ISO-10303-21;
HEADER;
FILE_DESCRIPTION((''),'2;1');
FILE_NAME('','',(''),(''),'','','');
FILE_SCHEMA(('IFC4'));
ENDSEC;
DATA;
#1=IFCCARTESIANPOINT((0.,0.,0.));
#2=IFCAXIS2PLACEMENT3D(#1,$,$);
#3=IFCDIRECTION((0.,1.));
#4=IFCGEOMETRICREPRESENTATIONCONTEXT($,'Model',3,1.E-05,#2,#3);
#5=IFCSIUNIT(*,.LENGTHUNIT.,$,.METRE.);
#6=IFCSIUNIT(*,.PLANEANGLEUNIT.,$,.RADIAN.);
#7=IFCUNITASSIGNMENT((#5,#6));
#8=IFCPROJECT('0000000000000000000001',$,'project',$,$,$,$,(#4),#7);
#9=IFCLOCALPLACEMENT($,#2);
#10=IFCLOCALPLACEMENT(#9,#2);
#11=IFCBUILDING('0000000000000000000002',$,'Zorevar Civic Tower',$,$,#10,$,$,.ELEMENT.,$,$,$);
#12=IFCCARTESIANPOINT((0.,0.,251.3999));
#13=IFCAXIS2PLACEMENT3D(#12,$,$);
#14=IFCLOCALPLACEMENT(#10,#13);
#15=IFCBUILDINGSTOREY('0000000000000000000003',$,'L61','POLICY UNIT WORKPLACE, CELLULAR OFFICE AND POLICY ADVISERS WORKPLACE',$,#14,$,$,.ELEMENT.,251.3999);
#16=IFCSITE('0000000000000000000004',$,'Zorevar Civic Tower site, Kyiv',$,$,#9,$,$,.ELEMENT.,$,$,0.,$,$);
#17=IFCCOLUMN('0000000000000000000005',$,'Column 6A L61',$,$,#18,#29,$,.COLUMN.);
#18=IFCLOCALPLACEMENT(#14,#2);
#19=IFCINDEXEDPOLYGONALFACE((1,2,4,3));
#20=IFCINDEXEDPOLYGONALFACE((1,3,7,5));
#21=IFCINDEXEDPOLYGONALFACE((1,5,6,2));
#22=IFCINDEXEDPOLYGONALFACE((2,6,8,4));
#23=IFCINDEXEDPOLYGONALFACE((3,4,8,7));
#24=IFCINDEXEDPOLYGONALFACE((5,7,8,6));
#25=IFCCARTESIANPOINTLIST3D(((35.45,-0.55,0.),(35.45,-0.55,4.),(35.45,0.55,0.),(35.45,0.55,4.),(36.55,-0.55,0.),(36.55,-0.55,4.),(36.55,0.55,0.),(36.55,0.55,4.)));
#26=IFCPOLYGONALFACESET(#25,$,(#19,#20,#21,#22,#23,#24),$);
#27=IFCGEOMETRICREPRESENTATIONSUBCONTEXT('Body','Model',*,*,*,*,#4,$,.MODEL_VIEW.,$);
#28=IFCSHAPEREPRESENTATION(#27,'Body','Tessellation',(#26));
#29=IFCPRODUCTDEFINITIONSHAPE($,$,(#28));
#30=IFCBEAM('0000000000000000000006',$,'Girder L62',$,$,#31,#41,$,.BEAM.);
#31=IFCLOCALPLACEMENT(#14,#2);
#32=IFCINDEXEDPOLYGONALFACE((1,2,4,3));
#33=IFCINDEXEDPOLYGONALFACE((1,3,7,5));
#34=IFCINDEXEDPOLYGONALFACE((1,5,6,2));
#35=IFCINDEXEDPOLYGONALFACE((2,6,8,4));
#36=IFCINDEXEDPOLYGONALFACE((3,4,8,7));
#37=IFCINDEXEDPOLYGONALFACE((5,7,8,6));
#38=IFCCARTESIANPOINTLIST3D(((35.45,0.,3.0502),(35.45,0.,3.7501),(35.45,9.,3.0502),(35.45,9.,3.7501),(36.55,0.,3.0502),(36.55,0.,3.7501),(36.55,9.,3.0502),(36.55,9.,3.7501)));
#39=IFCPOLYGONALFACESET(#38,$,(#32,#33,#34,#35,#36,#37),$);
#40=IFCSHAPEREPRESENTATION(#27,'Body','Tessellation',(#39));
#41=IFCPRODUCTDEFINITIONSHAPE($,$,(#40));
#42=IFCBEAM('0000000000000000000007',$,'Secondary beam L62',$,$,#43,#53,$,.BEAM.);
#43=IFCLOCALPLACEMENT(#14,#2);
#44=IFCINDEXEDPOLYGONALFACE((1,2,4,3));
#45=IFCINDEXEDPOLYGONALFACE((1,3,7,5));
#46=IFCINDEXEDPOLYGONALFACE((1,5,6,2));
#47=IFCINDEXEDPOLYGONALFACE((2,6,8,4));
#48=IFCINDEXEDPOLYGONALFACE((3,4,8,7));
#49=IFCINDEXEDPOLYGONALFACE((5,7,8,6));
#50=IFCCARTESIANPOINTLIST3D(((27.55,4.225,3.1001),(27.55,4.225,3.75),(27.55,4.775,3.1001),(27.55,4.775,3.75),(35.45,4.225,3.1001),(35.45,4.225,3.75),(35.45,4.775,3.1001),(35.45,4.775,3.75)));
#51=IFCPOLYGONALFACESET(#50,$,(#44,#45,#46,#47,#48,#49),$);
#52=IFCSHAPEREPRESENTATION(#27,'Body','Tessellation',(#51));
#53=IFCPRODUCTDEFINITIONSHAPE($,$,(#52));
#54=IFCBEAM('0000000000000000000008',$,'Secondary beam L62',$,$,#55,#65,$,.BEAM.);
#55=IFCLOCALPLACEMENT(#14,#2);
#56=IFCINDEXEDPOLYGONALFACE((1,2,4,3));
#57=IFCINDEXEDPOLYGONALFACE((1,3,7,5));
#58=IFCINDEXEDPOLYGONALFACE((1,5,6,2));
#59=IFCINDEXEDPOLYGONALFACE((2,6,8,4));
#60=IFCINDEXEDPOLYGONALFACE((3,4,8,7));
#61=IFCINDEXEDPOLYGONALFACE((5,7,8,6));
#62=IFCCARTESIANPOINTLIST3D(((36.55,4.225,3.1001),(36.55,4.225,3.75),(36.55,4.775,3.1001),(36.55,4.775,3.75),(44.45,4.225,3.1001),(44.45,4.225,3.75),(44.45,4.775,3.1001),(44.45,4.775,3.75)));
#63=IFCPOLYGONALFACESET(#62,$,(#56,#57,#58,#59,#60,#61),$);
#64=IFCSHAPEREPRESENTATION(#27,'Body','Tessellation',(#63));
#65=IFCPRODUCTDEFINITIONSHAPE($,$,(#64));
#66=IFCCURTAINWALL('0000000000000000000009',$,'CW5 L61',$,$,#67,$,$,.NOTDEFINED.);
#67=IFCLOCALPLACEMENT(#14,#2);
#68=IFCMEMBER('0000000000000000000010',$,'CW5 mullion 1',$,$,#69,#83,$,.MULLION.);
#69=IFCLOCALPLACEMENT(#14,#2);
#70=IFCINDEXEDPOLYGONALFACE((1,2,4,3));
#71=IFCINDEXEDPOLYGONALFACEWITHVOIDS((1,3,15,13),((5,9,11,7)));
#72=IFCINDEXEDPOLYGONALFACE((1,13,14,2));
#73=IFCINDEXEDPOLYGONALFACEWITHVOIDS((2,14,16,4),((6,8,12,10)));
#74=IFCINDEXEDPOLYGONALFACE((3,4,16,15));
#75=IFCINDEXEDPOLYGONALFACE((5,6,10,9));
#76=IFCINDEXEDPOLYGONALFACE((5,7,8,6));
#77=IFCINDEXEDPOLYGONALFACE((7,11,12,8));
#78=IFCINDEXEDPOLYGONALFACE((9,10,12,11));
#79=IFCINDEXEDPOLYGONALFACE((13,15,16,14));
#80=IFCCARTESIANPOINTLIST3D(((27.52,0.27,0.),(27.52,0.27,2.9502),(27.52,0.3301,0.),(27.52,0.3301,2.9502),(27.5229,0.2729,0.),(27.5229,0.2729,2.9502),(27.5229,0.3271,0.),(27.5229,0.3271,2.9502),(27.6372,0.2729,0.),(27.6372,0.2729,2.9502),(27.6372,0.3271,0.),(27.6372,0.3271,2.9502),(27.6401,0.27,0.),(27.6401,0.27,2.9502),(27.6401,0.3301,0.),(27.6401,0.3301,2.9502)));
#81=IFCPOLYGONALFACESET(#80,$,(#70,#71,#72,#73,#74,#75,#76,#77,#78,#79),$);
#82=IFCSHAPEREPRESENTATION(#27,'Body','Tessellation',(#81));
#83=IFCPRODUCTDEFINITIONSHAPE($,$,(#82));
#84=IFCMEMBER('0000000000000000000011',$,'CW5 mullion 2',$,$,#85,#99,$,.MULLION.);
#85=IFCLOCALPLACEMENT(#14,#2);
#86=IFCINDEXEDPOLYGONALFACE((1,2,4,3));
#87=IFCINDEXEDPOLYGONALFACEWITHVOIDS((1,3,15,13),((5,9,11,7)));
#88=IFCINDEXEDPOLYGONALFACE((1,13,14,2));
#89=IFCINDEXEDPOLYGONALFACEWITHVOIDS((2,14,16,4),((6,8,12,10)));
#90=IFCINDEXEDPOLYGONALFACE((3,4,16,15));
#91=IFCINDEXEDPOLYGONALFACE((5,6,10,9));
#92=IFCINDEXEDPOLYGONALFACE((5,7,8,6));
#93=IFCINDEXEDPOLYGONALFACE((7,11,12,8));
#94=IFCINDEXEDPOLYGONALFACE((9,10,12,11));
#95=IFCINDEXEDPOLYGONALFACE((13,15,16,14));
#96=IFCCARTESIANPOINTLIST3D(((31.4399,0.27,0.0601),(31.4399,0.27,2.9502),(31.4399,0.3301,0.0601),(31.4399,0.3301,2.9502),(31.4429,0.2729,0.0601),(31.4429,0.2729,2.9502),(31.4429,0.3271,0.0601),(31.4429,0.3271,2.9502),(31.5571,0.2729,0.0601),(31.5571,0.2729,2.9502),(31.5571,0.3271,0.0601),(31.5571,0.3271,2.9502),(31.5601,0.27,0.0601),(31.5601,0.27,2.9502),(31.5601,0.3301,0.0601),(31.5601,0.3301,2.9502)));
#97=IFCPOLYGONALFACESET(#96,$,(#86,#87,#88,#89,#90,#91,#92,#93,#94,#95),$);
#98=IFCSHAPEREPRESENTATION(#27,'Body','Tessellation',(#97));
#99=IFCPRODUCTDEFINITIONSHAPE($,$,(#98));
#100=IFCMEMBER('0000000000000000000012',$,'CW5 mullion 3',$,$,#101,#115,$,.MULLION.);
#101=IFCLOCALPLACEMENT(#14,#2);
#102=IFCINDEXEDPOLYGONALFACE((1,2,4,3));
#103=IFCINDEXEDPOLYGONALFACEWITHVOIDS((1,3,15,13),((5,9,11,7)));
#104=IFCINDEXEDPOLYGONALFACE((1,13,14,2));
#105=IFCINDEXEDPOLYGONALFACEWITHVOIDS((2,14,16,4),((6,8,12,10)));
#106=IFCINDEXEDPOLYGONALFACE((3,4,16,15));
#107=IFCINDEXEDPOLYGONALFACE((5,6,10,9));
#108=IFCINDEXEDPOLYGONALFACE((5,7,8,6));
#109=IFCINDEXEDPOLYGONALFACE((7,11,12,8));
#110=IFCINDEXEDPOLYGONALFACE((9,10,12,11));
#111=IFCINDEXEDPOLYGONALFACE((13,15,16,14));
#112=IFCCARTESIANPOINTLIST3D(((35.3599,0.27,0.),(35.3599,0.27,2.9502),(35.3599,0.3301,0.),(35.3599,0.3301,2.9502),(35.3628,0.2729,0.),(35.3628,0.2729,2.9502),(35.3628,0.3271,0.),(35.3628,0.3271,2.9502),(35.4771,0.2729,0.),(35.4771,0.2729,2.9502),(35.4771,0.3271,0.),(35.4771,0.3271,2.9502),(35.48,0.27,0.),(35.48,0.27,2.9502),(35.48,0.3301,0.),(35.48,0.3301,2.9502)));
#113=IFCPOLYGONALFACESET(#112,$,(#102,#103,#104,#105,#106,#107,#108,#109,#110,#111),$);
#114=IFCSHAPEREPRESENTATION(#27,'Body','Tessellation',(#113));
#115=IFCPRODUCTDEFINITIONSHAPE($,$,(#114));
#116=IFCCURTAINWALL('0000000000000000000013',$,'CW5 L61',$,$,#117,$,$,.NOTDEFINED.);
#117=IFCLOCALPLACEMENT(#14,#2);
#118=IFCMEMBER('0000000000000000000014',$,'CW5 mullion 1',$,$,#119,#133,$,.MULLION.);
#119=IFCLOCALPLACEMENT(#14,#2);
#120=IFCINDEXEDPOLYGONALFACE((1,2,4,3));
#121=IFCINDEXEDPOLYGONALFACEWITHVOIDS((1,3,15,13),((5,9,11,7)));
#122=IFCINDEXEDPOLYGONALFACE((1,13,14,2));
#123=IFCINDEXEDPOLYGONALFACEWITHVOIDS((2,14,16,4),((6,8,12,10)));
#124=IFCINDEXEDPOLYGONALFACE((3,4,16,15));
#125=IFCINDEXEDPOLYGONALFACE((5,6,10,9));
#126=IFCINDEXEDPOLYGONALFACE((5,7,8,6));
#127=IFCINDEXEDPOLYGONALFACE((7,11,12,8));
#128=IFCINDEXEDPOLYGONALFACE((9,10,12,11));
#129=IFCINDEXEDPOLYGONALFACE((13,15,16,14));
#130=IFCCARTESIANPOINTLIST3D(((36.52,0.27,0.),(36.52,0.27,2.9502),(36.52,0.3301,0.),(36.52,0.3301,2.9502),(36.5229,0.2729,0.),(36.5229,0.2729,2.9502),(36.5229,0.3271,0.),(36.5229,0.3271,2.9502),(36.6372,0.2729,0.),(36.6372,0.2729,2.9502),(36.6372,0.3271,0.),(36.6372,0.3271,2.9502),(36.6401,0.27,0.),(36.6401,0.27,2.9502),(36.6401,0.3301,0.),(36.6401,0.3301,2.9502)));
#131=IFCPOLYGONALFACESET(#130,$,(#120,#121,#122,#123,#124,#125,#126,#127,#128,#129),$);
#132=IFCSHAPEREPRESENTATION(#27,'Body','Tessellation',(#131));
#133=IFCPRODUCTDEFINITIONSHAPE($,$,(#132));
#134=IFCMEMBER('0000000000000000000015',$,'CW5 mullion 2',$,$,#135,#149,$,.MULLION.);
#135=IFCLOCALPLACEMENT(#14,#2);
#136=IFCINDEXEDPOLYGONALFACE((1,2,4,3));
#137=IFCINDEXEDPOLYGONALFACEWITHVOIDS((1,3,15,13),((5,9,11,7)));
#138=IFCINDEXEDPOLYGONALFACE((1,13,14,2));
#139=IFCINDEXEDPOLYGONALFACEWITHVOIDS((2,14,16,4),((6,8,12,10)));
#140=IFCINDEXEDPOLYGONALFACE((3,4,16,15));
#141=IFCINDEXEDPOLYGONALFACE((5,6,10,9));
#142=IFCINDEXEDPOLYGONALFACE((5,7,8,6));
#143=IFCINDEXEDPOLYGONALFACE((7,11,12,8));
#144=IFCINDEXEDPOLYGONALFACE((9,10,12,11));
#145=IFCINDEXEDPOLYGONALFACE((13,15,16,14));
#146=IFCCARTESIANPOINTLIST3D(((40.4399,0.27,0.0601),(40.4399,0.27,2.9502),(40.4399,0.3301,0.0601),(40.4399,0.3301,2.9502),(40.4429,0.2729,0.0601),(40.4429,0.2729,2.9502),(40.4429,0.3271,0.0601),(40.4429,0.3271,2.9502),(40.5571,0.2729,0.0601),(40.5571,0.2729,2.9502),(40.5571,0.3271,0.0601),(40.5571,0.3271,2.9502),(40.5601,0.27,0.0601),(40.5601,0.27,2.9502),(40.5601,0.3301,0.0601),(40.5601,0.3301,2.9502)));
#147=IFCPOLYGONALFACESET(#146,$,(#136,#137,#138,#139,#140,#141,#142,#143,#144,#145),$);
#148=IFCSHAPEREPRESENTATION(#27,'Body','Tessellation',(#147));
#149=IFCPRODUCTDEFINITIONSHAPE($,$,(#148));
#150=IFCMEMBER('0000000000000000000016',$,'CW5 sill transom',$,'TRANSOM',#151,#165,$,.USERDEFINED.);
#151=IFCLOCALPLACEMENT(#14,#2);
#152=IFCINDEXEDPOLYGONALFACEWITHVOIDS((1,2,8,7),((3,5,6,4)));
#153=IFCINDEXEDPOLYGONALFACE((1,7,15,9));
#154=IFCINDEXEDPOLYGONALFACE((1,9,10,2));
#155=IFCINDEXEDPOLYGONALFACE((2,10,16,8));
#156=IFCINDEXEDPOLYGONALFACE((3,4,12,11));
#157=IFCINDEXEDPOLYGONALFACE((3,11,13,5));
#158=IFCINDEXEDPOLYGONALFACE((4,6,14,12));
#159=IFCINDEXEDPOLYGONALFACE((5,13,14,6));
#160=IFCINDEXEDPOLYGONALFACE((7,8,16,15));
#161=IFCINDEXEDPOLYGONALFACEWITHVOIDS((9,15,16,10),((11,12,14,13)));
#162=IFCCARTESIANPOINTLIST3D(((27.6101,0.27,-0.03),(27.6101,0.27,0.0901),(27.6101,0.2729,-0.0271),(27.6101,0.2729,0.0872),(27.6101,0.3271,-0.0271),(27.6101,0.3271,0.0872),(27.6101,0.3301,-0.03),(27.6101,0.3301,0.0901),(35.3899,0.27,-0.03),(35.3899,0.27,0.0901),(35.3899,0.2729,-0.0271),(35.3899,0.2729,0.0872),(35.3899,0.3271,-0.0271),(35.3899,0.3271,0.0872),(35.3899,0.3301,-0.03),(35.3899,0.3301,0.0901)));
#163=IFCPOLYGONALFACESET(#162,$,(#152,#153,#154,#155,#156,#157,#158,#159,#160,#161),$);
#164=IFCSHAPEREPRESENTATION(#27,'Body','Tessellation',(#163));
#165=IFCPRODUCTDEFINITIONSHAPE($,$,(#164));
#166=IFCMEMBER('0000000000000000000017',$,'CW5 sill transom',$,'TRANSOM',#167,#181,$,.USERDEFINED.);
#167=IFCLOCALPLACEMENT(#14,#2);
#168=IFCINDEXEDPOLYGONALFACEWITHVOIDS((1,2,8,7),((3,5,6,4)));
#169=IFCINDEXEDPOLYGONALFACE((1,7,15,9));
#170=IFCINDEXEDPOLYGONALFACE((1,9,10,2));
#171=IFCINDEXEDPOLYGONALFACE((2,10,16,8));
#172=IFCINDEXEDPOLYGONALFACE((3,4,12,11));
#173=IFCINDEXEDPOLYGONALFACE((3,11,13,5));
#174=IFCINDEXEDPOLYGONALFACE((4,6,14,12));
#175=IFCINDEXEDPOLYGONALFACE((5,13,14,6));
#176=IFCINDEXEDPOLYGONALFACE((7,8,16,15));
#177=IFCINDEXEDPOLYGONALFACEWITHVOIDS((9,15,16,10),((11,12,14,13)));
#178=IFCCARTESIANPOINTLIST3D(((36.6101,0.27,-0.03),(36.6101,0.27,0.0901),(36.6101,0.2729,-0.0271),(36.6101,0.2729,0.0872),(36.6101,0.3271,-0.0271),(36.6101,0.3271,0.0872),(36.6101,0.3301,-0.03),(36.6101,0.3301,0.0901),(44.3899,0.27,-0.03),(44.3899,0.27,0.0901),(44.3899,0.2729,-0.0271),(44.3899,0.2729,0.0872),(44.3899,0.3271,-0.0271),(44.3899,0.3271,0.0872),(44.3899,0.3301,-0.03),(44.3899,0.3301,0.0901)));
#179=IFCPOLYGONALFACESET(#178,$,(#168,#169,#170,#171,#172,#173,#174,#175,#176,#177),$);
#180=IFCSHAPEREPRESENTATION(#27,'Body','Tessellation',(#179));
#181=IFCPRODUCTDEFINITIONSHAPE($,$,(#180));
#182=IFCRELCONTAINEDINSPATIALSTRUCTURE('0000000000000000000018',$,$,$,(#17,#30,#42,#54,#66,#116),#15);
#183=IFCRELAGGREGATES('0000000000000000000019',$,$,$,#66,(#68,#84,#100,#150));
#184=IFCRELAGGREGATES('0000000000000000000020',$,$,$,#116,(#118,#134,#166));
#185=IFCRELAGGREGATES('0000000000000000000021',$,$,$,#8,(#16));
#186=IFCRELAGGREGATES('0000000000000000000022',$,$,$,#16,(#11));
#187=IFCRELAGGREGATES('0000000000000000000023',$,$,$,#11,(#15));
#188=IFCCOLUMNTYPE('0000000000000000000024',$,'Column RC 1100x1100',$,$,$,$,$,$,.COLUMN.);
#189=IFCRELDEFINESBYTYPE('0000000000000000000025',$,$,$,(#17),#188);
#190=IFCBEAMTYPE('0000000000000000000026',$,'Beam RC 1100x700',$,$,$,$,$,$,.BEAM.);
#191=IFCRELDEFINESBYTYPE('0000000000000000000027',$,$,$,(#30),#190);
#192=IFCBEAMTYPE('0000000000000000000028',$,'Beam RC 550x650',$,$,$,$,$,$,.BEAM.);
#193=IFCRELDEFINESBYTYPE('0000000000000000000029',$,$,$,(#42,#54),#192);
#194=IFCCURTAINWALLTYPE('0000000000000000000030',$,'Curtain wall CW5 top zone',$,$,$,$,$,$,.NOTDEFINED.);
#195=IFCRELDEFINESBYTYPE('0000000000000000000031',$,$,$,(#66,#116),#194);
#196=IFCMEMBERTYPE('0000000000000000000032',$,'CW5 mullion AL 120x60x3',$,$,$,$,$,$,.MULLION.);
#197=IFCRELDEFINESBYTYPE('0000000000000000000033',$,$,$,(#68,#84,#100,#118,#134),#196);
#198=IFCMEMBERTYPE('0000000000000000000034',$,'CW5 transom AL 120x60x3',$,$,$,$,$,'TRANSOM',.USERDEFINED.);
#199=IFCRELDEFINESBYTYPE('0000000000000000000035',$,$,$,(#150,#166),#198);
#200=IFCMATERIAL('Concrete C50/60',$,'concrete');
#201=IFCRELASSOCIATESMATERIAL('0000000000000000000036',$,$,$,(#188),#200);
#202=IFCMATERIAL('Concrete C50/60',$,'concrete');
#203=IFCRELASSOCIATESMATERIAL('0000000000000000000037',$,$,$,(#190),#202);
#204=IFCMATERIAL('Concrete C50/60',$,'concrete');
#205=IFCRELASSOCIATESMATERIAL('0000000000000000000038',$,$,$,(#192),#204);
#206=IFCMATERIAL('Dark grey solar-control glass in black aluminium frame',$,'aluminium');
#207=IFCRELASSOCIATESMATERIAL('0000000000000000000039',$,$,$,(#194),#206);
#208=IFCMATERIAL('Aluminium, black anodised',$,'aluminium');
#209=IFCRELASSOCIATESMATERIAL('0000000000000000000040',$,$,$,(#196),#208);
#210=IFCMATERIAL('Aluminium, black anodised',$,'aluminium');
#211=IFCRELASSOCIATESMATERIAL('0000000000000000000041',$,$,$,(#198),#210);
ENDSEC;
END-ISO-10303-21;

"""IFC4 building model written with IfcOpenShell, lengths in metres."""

from ifc_helpers import new_model, si_unit, direction, frame, origin, origin_2d, place, context, subcontext, project, spatial, rectangle, hollow_rectangle, extrude, material, material_profile, profile_set, type_object, element, aggregate, save


model = new_model("IFC4")

# Units and contexts
model_context = context("Model", 3, precision=1e-05, world=origin(), true_north=direction((0.0, 1.0)))
body_context = subcontext(model_context, "Body", "Model", "MODEL_VIEW")
ifc_project = project(units=[si_unit("LENGTHUNIT", "METRE"), si_unit("PLANEANGLEUNIT", "RADIAN")], contexts=[model_context])

# Site, building, storey
site_placement = place(None, origin())
site = spatial("IfcSite", under=ifc_project, at=site_placement, Name="Zorevar Civic Tower site, Kyiv", CompositionType="ELEMENT", RefElevation=0.0)
building_placement = place(site_placement, origin())
building = spatial("IfcBuilding", under=site, at=building_placement, Name="Zorevar Civic Tower", CompositionType="ELEMENT")
storey_placement = place(building_placement, frame((0.0, 0.0, 251.3999)))
storey = spatial("IfcBuildingStorey", under=building, at=storey_placement, Name="L61", Description="POLICY UNIT WORKPLACE, CELLULAR OFFICE AND POLICY ADVISERS WORKPLACE", CompositionType="ELEMENT", Elevation=251.3999)

# Column
ifc_material_1 = material(Name="Concrete C50/60", Category="concrete")
ifc_material_profile_1 = material_profile(ifc_material_1, rectangle(XDim=1.1001, YDim=1.1001, at=origin_2d()), Name="RC 1100x1100")
ifc_profile_set_1 = profile_set([ifc_material_profile_1], Name="Concrete C50/60")
column_type = type_object("IfcColumnType", Name="Column RC 1100x1100", PredefinedType="COLUMN", material=ifc_profile_set_1)
column_placement = place(storey_placement, frame((36.0, 0.0, 0.0), z_axis=(0.0, 0.0, 1.0), x_axis=(1.0, 0.0, 0.0)))
element("IfcColumn", 1, at=column_placement, inside=storey, type_object=column_type, Name="Column 6A L61", PredefinedType="COLUMN", context=body_context, shape_type="SweptSolid", body=[
    extrude(rectangle(XDim=1.1001, YDim=1.1001, at=origin_2d()), origin(), (0.0, 0.0, 1.0), 4.0),
])

# Beams
ifc_material_2 = material(Name="Concrete C50/60", Category="concrete")
ifc_material_profile_2 = material_profile(ifc_material_2, rectangle(XDim=1.1001, YDim=0.7, at=origin_2d()), Name="RC 1100x700")
ifc_profile_set_2 = profile_set([ifc_material_profile_2], Name="Concrete C50/60")
beam_type_1 = type_object("IfcBeamType", Name="Beam RC 1100x700", PredefinedType="BEAM", material=ifc_profile_set_2)
beam_1_placement = place(storey_placement, frame((36.0, 0.0, 3.4001), z_axis=(0.0, 1.0, 0.0), x_axis=(-1.0, 0.0, 0.0)))
element("IfcBeam", 2, at=beam_1_placement, inside=storey, type_object=beam_type_1, Name="Girder L62", PredefinedType="BEAM", context=body_context, shape_type="SweptSolid", body=[
    extrude(rectangle(XDim=1.1001, YDim=0.7, at=origin_2d()), origin(), (0.0, 0.0, 1.0), 9.0),
])
ifc_material_3 = material(Name="Concrete C50/60", Category="concrete")
ifc_material_profile_3 = material_profile(ifc_material_3, rectangle(XDim=0.55, YDim=0.6499, at=origin_2d()), Name="RC 550x650")
ifc_profile_set_3 = profile_set([ifc_material_profile_3], Name="Concrete C50/60")
beam_type_2 = type_object("IfcBeamType", Name="Beam RC 550x650", PredefinedType="BEAM", material=ifc_profile_set_3)
for number, where, z_axis, x_axis, name in (
    (3, (27.55, 4.5, 3.425), (1.0, 0.0, 0.0), (0.0, 1.0, 0.0), "Secondary beam L62"),
    (4, (36.55, 4.5, 3.425), (1.0, 0.0, 0.0), (0.0, 1.0, 0.0), "Secondary beam L62"),
):
    element("IfcBeam", number, at=place(storey_placement, frame(where, z_axis=z_axis, x_axis=x_axis)), inside=storey, type_object=beam_type_2, Name=name, PredefinedType="BEAM", context=body_context, shape_type="SweptSolid", body=[
        extrude(rectangle(XDim=0.55, YDim=0.6499, at=origin_2d()), origin(), (0.0, 0.0, 1.0), 7.8999),
    ])

# Curtain walls, members
ifc_material_4 = material(Name="Dark grey solar-control glass in black aluminium frame", Category="aluminium")
curtain_wall_type = type_object("IfcCurtainWallType", Name="Curtain wall CW5 top zone", PredefinedType="NOTDEFINED", material=ifc_material_4)
curtain_wall_1_placement = place(storey_placement, origin())
curtain_wall_1 = element("IfcCurtainWall", 5, at=curtain_wall_1_placement, inside=storey, type_object=curtain_wall_type, Name="CW5 L61", PredefinedType="NOTDEFINED")
ifc_material_5 = material(Name="Aluminium, black anodised", Category="aluminium")
ifc_material_profile_4 = material_profile(ifc_material_5, hollow_rectangle(XDim=0.0601, YDim=0.1201, WallThickness=0.0029, at=origin_2d()), Name="AL 120x60x3")
ifc_profile_set_4 = profile_set([ifc_material_profile_4], Name="Aluminium, black anodised")
member_type_1 = type_object("IfcMemberType", Name="CW5 mullion AL 120x60x3", PredefinedType="MULLION", material=ifc_profile_set_4)
member_1_placement = place(storey_placement, frame((27.5801, 0.3, 0.0), z_axis=(0.0, 0.0, 1.0), x_axis=(0.0, 1.0, 0.0)))
member_1 = element("IfcMember", 6, at=member_1_placement, type_object=member_type_1, Name="CW5 mullion 1", PredefinedType="MULLION", context=body_context, shape_type="SweptSolid", body=[
    extrude(hollow_rectangle(XDim=0.0601, YDim=0.1201, WallThickness=0.0029, at=origin_2d()), origin(), (0.0, 0.0, 1.0), 2.9502),
])
member_2_placement = place(storey_placement, frame((31.5, 0.3, 0.0601), z_axis=(0.0, 0.0, 1.0), x_axis=(0.0, 1.0, 0.0)))
member_2 = element("IfcMember", 7, at=member_2_placement, type_object=member_type_1, Name="CW5 mullion 2", PredefinedType="MULLION", context=body_context, shape_type="SweptSolid", body=[
    extrude(hollow_rectangle(XDim=0.0601, YDim=0.1201, WallThickness=0.0029, at=origin_2d()), origin(), (0.0, 0.0, 1.0), 2.8901),
])
member_3_placement = place(storey_placement, frame((35.4199, 0.3, 0.0), z_axis=(0.0, 0.0, 1.0), x_axis=(0.0, 1.0, 0.0)))
member_3 = element("IfcMember", 8, at=member_3_placement, type_object=member_type_1, Name="CW5 mullion 3", PredefinedType="MULLION", context=body_context, shape_type="SweptSolid", body=[
    extrude(hollow_rectangle(XDim=0.0601, YDim=0.1201, WallThickness=0.0029, at=origin_2d()), origin(), (0.0, 0.0, 1.0), 2.9502),
])
curtain_wall_2_placement = place(storey_placement, origin())
curtain_wall_2 = element("IfcCurtainWall", 9, at=curtain_wall_2_placement, inside=storey, type_object=curtain_wall_type, Name="CW5 L61", PredefinedType="NOTDEFINED")
member_4_placement = place(storey_placement, frame((36.5801, 0.3, 0.0), z_axis=(0.0, 0.0, 1.0), x_axis=(0.0, 1.0, 0.0)))
member_4 = element("IfcMember", 10, at=member_4_placement, type_object=member_type_1, Name="CW5 mullion 1", PredefinedType="MULLION", context=body_context, shape_type="SweptSolid", body=[
    extrude(hollow_rectangle(XDim=0.0601, YDim=0.1201, WallThickness=0.0029, at=origin_2d()), origin(), (0.0, 0.0, 1.0), 2.9502),
])
member_5_placement = place(storey_placement, frame((40.5, 0.3, 0.0601), z_axis=(0.0, 0.0, 1.0), x_axis=(0.0, 1.0, 0.0)))
member_5 = element("IfcMember", 11, at=member_5_placement, type_object=member_type_1, Name="CW5 mullion 2", PredefinedType="MULLION", context=body_context, shape_type="SweptSolid", body=[
    extrude(hollow_rectangle(XDim=0.0601, YDim=0.1201, WallThickness=0.0029, at=origin_2d()), origin(), (0.0, 0.0, 1.0), 2.8901),
])

# Members
ifc_material_6 = material(Name="Aluminium, black anodised", Category="aluminium")
ifc_material_profile_5 = material_profile(ifc_material_6, hollow_rectangle(XDim=0.0601, YDim=0.1201, WallThickness=0.0029, at=origin_2d()), Name="AL 120x60x3")
ifc_profile_set_5 = profile_set([ifc_material_profile_5], Name="Aluminium, black anodised")
member_type_2 = type_object("IfcMemberType", Name="CW5 transom AL 120x60x3", ElementType="TRANSOM", PredefinedType="USERDEFINED", material=ifc_profile_set_5)
member_6_placement = place(storey_placement, frame((27.6101, 0.3, 0.03), z_axis=(1.0, 0.0, 0.0), x_axis=(0.0, 1.0, 0.0)))
member_6 = element("IfcMember", 12, at=member_6_placement, type_object=member_type_2, Name="CW5 sill transom", ObjectType="TRANSOM", PredefinedType="USERDEFINED", context=body_context, shape_type="SweptSolid", body=[
    extrude(hollow_rectangle(XDim=0.0601, YDim=0.1201, WallThickness=0.0029, at=origin_2d()), origin(), (0.0, 0.0, 1.0), 7.7798),
])
member_7_placement = place(storey_placement, frame((36.6101, 0.3, 0.03), z_axis=(1.0, 0.0, 0.0), x_axis=(0.0, 1.0, 0.0)))
member_7 = element("IfcMember", 13, at=member_7_placement, type_object=member_type_2, Name="CW5 sill transom", ObjectType="TRANSOM", PredefinedType="USERDEFINED", context=body_context, shape_type="SweptSolid", body=[
    extrude(hollow_rectangle(XDim=0.0601, YDim=0.1201, WallThickness=0.0029, at=origin_2d()), origin(), (0.0, 0.0, 1.0), 7.7798),
])

aggregate(curtain_wall_1, [member_1, member_2, member_3, member_6])
aggregate(curtain_wall_2, [member_4, member_5, member_7])

save(model, "model.ifc")
